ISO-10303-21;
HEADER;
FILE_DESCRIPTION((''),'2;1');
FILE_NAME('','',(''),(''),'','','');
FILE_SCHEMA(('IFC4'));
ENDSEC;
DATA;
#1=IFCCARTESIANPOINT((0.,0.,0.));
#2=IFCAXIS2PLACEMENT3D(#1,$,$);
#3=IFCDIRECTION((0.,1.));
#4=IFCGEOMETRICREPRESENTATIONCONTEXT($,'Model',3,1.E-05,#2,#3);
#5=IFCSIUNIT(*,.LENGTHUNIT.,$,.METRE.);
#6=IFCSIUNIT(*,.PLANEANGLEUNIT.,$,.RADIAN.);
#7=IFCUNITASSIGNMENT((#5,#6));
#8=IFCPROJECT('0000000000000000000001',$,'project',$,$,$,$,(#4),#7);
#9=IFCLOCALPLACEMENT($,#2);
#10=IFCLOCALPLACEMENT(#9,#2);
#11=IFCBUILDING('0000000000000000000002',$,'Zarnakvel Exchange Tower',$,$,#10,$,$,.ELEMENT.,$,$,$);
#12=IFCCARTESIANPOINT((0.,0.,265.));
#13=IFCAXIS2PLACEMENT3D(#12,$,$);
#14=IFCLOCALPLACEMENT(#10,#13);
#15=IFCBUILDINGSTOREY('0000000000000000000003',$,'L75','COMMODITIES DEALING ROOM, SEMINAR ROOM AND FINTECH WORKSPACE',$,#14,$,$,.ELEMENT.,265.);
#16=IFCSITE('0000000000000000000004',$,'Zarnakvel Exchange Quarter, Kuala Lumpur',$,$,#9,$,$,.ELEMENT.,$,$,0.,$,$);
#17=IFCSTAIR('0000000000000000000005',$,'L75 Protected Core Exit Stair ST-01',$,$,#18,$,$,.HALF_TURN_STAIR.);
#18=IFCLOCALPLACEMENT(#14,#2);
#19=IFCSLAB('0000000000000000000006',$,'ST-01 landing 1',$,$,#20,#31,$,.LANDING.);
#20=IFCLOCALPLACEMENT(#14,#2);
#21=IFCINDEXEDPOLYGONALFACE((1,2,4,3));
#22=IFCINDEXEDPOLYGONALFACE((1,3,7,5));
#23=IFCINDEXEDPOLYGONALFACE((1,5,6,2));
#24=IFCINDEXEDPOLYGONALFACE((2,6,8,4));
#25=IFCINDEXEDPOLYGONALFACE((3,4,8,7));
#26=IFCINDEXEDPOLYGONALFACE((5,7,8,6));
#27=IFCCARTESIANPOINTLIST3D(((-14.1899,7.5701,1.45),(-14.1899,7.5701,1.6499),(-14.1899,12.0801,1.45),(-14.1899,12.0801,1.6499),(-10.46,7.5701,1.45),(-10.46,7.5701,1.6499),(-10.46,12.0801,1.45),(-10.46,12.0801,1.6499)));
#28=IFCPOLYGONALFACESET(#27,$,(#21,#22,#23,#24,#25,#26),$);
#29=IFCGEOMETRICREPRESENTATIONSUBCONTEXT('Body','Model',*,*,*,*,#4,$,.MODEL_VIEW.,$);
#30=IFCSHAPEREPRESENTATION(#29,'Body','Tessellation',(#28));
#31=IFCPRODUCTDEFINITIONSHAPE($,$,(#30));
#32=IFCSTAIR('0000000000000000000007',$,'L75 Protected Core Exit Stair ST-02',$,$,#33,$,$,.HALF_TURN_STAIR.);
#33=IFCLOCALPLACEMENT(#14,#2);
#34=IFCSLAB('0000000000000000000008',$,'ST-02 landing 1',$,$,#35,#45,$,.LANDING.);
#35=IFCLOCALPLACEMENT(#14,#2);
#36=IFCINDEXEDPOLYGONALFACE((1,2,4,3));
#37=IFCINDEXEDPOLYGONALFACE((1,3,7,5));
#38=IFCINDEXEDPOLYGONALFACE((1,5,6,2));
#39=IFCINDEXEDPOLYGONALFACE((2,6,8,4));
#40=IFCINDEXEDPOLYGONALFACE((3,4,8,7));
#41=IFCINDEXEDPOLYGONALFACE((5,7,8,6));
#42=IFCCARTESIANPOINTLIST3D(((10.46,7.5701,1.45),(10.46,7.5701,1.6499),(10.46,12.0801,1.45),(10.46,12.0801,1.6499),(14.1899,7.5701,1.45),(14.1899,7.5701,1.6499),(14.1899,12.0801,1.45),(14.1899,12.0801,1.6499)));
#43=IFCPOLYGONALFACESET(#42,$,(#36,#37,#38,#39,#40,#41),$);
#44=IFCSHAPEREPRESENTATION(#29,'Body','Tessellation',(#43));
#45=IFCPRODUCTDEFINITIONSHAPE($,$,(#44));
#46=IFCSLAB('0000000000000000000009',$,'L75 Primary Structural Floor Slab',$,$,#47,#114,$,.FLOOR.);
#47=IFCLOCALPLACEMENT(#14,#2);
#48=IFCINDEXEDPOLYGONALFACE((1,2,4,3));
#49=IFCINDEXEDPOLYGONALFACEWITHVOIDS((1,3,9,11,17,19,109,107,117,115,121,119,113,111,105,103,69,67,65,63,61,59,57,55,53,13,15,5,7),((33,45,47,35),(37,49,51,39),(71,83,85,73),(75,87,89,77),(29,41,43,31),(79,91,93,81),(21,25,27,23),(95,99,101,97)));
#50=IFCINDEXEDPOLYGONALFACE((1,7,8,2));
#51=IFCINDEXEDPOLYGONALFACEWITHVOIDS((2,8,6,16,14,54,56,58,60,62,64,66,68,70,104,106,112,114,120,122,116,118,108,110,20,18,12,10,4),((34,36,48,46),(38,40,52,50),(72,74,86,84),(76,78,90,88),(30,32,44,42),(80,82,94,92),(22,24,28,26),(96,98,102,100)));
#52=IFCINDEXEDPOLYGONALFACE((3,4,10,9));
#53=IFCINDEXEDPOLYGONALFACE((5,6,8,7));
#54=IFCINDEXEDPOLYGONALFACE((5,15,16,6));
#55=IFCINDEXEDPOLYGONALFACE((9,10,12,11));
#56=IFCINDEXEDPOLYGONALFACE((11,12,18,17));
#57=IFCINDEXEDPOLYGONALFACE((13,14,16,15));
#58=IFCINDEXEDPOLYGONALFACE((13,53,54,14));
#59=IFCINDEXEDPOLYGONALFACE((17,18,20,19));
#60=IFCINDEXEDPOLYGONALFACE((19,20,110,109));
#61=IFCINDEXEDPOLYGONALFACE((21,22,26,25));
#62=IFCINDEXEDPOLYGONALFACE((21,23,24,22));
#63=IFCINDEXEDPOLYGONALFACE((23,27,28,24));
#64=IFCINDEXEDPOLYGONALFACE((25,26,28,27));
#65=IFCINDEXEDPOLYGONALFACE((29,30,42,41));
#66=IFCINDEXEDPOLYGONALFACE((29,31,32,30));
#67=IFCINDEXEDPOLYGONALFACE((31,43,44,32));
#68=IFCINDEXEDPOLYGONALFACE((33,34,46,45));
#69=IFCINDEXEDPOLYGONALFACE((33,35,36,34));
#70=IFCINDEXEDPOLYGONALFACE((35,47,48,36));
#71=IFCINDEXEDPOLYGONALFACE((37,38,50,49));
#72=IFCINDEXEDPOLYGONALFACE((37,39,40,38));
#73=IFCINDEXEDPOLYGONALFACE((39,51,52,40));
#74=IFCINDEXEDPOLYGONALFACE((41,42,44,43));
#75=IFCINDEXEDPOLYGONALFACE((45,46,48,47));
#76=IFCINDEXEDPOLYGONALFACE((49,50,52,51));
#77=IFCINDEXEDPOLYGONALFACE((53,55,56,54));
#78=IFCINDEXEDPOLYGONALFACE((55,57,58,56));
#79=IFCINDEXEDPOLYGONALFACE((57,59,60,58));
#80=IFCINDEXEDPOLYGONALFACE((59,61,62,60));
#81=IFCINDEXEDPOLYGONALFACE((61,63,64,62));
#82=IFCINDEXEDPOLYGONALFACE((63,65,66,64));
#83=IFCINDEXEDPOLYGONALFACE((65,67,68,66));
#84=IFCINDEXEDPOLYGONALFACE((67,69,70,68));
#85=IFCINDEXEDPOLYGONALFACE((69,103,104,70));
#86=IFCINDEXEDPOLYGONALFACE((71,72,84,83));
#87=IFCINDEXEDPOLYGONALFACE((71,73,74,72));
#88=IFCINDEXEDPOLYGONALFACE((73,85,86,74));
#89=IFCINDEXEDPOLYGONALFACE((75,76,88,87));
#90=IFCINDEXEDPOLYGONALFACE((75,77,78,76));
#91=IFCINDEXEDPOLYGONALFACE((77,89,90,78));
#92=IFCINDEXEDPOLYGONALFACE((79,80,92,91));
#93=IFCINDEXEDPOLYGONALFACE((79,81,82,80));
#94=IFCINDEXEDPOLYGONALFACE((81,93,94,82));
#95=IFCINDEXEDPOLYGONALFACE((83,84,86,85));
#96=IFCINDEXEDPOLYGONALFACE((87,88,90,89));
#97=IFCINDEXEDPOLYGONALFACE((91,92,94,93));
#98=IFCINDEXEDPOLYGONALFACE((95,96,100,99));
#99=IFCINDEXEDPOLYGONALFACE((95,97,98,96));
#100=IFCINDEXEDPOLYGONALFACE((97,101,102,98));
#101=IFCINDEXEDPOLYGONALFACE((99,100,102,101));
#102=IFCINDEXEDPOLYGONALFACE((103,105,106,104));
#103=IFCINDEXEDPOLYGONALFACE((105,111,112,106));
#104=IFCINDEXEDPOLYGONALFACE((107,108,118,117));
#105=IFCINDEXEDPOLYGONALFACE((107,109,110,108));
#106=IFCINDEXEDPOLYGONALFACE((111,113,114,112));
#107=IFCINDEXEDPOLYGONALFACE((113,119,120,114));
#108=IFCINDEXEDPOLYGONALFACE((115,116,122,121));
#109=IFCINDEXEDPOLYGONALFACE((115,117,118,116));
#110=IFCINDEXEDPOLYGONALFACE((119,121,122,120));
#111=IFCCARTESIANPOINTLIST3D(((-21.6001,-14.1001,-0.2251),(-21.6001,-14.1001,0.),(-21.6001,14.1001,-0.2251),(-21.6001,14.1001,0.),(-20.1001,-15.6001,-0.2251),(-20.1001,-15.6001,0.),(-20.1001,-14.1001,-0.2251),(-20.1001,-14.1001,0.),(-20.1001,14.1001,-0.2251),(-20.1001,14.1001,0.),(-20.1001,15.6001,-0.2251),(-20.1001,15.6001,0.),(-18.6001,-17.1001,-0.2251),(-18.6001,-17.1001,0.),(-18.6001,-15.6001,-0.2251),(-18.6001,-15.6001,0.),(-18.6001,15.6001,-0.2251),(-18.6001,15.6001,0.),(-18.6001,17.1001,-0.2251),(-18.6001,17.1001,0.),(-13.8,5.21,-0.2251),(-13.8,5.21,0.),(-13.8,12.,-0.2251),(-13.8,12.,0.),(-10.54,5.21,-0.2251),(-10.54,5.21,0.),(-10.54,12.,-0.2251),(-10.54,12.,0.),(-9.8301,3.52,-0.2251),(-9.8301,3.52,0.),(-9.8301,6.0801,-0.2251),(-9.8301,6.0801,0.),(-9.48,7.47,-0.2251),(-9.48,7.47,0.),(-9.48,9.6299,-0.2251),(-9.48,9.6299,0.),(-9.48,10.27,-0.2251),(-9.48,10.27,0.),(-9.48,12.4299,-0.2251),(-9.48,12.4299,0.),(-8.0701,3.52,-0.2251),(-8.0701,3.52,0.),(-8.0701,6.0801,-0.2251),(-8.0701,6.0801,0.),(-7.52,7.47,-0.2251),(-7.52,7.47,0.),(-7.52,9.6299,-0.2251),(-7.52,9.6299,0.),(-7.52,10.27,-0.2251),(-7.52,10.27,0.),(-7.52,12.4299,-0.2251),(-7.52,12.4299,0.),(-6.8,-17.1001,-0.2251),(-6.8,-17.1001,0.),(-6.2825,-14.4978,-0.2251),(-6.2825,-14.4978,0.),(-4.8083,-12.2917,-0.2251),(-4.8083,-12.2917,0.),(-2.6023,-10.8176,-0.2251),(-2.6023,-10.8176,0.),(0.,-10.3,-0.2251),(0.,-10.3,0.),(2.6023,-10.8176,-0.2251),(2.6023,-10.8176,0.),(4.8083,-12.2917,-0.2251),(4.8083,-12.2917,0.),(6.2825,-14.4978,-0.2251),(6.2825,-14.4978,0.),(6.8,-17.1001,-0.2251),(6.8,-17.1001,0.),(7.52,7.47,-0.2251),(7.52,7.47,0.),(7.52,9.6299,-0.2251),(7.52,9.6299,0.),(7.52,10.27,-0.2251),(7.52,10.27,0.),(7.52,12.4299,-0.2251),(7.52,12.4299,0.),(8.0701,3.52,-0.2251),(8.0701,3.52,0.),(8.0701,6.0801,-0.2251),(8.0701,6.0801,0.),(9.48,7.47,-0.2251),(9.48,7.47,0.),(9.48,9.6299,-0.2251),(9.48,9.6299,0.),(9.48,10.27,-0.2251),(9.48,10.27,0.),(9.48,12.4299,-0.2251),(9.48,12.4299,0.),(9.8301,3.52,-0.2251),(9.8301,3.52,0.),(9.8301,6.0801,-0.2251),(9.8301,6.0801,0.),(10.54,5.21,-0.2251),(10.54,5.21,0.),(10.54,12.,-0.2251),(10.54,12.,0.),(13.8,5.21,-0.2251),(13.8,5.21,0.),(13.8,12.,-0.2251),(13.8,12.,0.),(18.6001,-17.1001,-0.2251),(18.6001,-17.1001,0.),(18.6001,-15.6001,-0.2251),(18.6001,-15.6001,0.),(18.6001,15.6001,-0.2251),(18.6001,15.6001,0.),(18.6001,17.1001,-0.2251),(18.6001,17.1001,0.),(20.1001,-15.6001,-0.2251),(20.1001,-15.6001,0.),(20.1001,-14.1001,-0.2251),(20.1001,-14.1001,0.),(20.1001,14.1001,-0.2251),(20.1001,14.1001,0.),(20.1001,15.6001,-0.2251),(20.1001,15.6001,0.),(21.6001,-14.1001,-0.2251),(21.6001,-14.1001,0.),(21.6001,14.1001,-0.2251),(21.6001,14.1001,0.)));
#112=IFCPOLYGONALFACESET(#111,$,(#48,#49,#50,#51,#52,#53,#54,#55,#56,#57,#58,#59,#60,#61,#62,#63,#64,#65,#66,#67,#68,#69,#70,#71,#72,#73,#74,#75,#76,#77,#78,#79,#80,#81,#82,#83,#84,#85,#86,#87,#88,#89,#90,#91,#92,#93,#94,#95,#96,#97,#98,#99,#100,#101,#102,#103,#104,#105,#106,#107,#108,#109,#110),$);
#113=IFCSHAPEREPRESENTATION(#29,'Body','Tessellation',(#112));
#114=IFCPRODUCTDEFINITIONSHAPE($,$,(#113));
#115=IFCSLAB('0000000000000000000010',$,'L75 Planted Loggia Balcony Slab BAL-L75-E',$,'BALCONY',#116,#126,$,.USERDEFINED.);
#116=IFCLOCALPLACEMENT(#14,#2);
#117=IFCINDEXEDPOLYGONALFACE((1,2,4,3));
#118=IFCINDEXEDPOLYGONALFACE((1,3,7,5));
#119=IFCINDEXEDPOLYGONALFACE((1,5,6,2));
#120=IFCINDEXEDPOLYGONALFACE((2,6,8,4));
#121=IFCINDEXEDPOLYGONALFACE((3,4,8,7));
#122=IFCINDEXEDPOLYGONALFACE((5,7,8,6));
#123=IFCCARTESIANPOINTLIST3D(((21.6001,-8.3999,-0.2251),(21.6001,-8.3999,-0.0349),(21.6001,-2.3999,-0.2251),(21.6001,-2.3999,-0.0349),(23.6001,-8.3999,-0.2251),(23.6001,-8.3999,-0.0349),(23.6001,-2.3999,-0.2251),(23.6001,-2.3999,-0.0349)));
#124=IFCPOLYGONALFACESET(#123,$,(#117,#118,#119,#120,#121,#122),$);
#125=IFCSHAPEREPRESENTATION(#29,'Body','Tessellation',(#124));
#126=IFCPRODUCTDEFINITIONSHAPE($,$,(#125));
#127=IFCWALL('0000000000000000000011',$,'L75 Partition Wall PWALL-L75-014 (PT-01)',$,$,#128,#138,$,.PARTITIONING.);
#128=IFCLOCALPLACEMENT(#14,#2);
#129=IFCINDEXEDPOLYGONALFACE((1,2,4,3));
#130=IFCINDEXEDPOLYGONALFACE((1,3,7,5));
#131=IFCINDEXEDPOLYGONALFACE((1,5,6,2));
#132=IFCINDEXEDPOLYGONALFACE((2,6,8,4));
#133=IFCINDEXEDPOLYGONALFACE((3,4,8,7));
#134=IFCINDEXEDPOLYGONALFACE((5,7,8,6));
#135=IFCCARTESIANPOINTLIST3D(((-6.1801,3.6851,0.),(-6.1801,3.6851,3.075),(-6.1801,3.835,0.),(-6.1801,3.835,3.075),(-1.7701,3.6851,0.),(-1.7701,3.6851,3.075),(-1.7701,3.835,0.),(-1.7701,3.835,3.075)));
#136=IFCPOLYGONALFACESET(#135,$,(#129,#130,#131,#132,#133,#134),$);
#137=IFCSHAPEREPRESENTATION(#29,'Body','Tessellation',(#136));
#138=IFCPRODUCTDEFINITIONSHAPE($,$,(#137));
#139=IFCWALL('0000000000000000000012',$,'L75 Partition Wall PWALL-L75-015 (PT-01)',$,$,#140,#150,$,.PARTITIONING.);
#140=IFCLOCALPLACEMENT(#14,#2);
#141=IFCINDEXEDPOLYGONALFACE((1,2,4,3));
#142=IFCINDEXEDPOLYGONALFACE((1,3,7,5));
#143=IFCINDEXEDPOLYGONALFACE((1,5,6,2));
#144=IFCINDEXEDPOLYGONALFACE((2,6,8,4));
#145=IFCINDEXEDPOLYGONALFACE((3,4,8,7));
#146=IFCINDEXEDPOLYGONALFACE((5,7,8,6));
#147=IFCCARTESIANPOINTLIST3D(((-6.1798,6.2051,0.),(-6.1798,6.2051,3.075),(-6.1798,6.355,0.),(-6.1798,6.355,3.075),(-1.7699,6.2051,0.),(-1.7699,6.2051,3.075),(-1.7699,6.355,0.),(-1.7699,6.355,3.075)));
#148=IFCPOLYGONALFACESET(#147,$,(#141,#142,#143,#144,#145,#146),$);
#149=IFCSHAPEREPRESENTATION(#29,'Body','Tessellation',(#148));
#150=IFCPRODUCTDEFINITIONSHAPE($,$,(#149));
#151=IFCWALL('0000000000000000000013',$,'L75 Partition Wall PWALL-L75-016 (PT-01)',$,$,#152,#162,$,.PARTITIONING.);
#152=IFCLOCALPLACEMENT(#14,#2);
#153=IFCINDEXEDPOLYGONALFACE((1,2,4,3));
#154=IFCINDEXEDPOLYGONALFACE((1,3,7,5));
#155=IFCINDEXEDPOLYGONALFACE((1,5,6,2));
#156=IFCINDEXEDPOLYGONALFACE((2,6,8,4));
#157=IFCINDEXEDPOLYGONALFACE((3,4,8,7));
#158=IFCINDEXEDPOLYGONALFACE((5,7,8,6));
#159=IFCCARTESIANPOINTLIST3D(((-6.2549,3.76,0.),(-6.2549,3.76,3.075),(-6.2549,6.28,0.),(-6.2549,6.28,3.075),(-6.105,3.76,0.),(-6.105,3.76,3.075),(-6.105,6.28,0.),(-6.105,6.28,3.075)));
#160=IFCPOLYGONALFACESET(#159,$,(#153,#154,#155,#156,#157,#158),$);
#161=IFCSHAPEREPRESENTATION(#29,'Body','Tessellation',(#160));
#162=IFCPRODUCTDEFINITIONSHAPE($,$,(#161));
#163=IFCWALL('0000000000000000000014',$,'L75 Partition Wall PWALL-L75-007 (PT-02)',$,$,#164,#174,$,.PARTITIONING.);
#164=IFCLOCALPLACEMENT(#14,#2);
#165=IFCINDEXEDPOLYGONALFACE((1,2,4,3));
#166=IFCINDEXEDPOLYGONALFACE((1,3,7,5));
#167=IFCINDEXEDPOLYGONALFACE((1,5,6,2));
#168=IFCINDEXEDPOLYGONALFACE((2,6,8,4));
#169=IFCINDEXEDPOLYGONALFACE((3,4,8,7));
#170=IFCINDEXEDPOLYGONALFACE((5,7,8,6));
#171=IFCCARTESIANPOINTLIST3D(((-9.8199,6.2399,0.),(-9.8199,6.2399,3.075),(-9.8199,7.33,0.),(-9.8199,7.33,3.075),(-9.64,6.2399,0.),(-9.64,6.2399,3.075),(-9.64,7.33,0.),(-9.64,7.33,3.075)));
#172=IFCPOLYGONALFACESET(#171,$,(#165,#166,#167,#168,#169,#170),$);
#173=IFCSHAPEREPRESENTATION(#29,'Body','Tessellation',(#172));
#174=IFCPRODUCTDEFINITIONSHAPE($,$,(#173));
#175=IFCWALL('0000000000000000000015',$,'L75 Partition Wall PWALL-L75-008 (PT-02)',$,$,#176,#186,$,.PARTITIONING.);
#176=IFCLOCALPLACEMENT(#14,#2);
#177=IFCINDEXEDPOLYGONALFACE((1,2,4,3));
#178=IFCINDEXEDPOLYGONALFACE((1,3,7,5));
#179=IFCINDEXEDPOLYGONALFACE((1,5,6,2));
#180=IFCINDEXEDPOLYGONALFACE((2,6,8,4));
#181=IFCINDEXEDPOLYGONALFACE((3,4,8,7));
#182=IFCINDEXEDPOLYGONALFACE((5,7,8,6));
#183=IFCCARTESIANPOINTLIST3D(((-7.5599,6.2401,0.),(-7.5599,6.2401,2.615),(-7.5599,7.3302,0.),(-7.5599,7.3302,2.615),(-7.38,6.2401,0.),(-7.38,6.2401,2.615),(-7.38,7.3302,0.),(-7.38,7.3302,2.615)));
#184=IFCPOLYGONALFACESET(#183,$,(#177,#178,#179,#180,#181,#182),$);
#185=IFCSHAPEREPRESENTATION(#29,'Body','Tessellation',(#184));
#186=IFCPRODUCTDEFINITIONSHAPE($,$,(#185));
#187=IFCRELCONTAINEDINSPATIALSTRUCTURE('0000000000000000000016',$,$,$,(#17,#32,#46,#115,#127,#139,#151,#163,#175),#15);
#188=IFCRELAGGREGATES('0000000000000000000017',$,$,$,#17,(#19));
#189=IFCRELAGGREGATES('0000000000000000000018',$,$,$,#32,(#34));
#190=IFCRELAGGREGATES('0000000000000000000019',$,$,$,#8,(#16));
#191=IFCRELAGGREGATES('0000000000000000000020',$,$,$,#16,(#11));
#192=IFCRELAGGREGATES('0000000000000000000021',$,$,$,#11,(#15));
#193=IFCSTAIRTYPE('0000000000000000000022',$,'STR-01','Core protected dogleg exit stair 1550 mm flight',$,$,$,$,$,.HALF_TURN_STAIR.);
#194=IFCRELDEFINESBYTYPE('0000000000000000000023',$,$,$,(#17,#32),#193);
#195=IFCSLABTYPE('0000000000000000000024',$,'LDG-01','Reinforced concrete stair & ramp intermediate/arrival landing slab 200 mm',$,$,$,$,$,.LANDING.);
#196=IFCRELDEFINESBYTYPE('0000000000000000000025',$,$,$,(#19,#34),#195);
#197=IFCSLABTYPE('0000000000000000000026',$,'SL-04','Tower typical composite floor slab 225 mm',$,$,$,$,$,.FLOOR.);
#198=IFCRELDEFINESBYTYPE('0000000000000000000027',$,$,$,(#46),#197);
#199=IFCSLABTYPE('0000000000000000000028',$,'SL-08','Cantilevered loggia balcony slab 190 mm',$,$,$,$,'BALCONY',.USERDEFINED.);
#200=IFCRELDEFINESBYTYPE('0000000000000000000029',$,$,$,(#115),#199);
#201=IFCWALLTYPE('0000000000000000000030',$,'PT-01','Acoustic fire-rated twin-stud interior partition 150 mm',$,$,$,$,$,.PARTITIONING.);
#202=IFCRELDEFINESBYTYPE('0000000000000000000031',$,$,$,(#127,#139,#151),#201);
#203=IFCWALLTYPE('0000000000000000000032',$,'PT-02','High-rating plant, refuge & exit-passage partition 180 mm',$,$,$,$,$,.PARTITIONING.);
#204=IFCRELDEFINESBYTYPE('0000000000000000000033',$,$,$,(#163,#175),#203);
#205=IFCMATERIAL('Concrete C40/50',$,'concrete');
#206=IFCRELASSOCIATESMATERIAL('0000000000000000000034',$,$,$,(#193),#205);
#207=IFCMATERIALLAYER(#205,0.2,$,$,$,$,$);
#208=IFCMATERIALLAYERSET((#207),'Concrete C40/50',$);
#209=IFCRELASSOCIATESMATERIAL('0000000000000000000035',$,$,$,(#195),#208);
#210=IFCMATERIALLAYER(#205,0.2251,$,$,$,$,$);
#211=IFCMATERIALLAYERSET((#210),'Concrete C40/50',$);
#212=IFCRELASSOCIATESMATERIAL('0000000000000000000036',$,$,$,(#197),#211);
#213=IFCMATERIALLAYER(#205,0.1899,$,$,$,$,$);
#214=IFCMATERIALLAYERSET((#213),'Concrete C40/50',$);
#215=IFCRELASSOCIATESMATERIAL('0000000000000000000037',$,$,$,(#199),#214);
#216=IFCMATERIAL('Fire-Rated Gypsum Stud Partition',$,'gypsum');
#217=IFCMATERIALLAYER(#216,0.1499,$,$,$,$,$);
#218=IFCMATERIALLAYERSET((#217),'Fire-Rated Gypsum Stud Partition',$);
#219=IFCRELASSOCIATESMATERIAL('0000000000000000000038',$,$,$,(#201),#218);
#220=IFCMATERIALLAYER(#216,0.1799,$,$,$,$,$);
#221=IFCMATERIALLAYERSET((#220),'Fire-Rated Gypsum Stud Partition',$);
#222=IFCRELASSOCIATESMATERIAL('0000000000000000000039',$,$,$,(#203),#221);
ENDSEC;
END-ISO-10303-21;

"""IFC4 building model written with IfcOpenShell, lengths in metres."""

from ifc_helpers import new_model, si_unit, direction, frame, frame_2d, origin, place, context, subcontext, project, spatial, polyline, rectangle, outline, extrude, material, layer, layer_set, type_object, element, aggregate, save


model = new_model("IFC4")

# Units and contexts
model_context = context("Model", 3, precision=1e-05, world=origin(), true_north=direction((0.0, 1.0)))
body_context = subcontext(model_context, "Body", "Model", "MODEL_VIEW")
ifc_project = project(units=[si_unit("LENGTHUNIT", "METRE"), si_unit("PLANEANGLEUNIT", "RADIAN")], contexts=[model_context])

# Site, building, storey
site_placement = place(None, origin())
site = spatial("IfcSite", under=ifc_project, at=site_placement, Name="Zarnakvel Exchange Quarter, Kuala Lumpur", CompositionType="ELEMENT", RefElevation=0.0)
building_placement = place(site_placement, origin())
building = spatial("IfcBuilding", under=site, at=building_placement, Name="Zarnakvel Exchange Tower", CompositionType="ELEMENT")
storey_placement = place(building_placement, frame((0.0, 0.0, 265.0)))
storey = spatial("IfcBuildingStorey", under=building, at=storey_placement, Name="L75", Description="COMMODITIES DEALING ROOM, SEMINAR ROOM AND FINTECH WORKSPACE", CompositionType="ELEMENT", Elevation=265.0)

# Stairs, slabs
ifc_material_1 = material(Name="Concrete C40/50", Category="concrete")
stair_type = type_object("IfcStairType", Name="STR-01", Description="Core protected dogleg exit stair 1550 mm flight", PredefinedType="HALF_TURN_STAIR", material=ifc_material_1)
stair_1_placement = place(storey_placement, origin())
stair_1 = element("IfcStair", 1, at=stair_1_placement, inside=storey, type_object=stair_type, Name="L75 Protected Core Exit Stair ST-01", PredefinedType="HALF_TURN_STAIR")
ifc_layer_1 = layer(ifc_material_1, 0.2)
ifc_layer_set_1 = layer_set([ifc_layer_1], Name="Concrete C40/50")
slab_type_1 = type_object("IfcSlabType", Name="LDG-01", Description="Reinforced concrete stair & ramp intermediate/arrival landing slab 200 mm", PredefinedType="LANDING", material=ifc_layer_set_1)
slab_1_placement = place(storey_placement, frame((0.0, 0.0, 1.45)))
slab_1 = element("IfcSlab", 2, at=slab_1_placement, type_object=slab_type_1, Name="ST-01 landing 1", PredefinedType="LANDING", context=body_context, shape_type="SweptSolid", body=[
    extrude(outline(polyline([(-14.1899, 7.5701), (-10.46, 7.5701), (-10.46, 12.0801), (-14.1899, 12.0801), (-14.1899, 7.5701)])), origin(), (0.0, 0.0, 1.0), 0.2),
])
aggregate(stair_1, [slab_1])
stair_2_placement = place(storey_placement, origin())
stair_2 = element("IfcStair", 3, at=stair_2_placement, inside=storey, type_object=stair_type, Name="L75 Protected Core Exit Stair ST-02", PredefinedType="HALF_TURN_STAIR")
slab_2_placement = place(storey_placement, frame((0.0, 0.0, 1.45)))
slab_2 = element("IfcSlab", 4, at=slab_2_placement, type_object=slab_type_1, Name="ST-02 landing 1", PredefinedType="LANDING", context=body_context, shape_type="SweptSolid", body=[
    extrude(outline(polyline([(10.46, 7.5701), (14.1899, 7.5701), (14.1899, 12.0801), (10.46, 12.0801), (10.46, 7.5701)])), origin(), (0.0, 0.0, 1.0), 0.2),
])
aggregate(stair_2, [slab_2])

# Slabs
ifc_layer_2 = layer(ifc_material_1, 0.2251)
ifc_layer_set_2 = layer_set([ifc_layer_2], Name="Concrete C40/50")
slab_type_2 = type_object("IfcSlabType", Name="SL-04", Description="Tower typical composite floor slab 225 mm", PredefinedType="FLOOR", material=ifc_layer_set_2)
slab_3_placement = place(storey_placement, frame((0.0, 0.0, -0.2251)))
element("IfcSlab", 5, at=slab_3_placement, inside=storey, type_object=slab_type_2, Name="L75 Primary Structural Floor Slab", PredefinedType="FLOOR", context=body_context, shape_type="SweptSolid", body=[
    extrude(outline(polyline([(-21.6001, -14.1001), (-20.1001, -14.1001), (-20.1001, -15.6001), (-18.6001, -15.6001), (-18.6001, -17.1001), (-6.8, -17.1001), (-6.2825, -14.4978), (-4.8083, -12.2917), (-2.6023, -10.8176), (0.0, -10.3), (2.6023, -10.8176), (4.8083, -12.2917), (6.2825, -14.4978), (6.8, -17.1001), (18.6001, -17.1001), (18.6001, -15.6001), (20.1001, -15.6001), (20.1001, -14.1001), (21.6001, -14.1001), (21.6001, 14.1001), (20.1001, 14.1001), (20.1001, 15.6001), (18.6001, 15.6001), (18.6001, 17.1001), (-18.6001, 17.1001), (-18.6001, 15.6001), (-20.1001, 15.6001), (-20.1001, 14.1001), (-21.6001, 14.1001), (-21.6001, -14.1001)]), holes=[polyline([(-13.8, 5.21), (-10.54, 5.21), (-10.54, 12.0), (-13.8, 12.0), (-13.8, 5.21)]), polyline([(10.54, 5.21), (13.8, 5.21), (13.8, 12.0), (10.54, 12.0), (10.54, 5.21)]), polyline([(-9.8301, 3.52), (-8.0701, 3.52), (-8.0701, 6.0801), (-9.8301, 6.0801), (-9.8301, 3.52)]), polyline([(8.0701, 3.52), (9.8301, 3.52), (9.8301, 6.0801), (8.0701, 6.0801), (8.0701, 3.52)]), polyline([(-9.48, 7.47), (-7.52, 7.47), (-7.52, 9.6299), (-9.48, 9.6299), (-9.48, 7.47)]), polyline([(-9.48, 10.27), (-7.52, 10.27), (-7.52, 12.4299), (-9.48, 12.4299), (-9.48, 10.27)]), polyline([(7.52, 7.47), (9.48, 7.47), (9.48, 9.6299), (7.52, 9.6299), (7.52, 7.47)]), polyline([(7.52, 10.27), (9.48, 10.27), (9.48, 12.4299), (7.52, 12.4299), (7.52, 10.27)])]), origin(), (0.0, 0.0, 1.0), 0.2251),
])
ifc_layer_3 = layer(ifc_material_1, 0.1899)
ifc_layer_set_3 = layer_set([ifc_layer_3], Name="Concrete C40/50")
slab_type_3 = type_object("IfcSlabType", Name="SL-08", Description="Cantilevered loggia balcony slab 190 mm", ElementType="BALCONY", PredefinedType="USERDEFINED", material=ifc_layer_set_3)
slab_4_placement = place(storey_placement, frame((0.0, 0.0, -0.2251)))
element("IfcSlab", 6, at=slab_4_placement, inside=storey, type_object=slab_type_3, Name="L75 Planted Loggia Balcony Slab BAL-L75-E", ObjectType="BALCONY", PredefinedType="USERDEFINED", context=body_context, shape_type="SweptSolid", body=[
    extrude(outline(polyline([(21.6001, -8.3999), (23.6001, -8.3999), (23.6001, -2.3999), (21.6001, -2.3999), (21.6001, -8.3999)])), origin(), (0.0, 0.0, 1.0), 0.1902),
])

# Walls
ifc_material_2 = material(Name="Fire-Rated Gypsum Stud Partition", Category="gypsum")
ifc_layer_4 = layer(ifc_material_2, 0.1499)
ifc_layer_set_4 = layer_set([ifc_layer_4], Name="Fire-Rated Gypsum Stud Partition")
wall_type_1 = type_object("IfcWallType", Name="PT-01", Description="Acoustic fire-rated twin-stud interior partition 150 mm", PredefinedType="PARTITIONING", material=ifc_layer_set_4)
for number, where, z_axis, x_axis, name in (
    (7, (-1.77, 3.76, 0.0), (0.0, 0.0, 1.0), (-1.0, 0.0, 0.0), "L75 Partition Wall PWALL-L75-014 (PT-01)"),
    (8, (-6.1799, 6.28, 0.0), (0.0, 0.0, 1.0), (1.0, 0.0, 0.0), "L75 Partition Wall PWALL-L75-015 (PT-01)"),
):
    element("IfcWall", number, at=place(storey_placement, frame(where, z_axis=z_axis, x_axis=x_axis)), inside=storey, type_object=wall_type_1, Name=name, PredefinedType="PARTITIONING", context=body_context, shape_type="SweptSolid", body=[
        extrude(rectangle(XDim=4.4099, YDim=0.1499, at=frame_2d((2.2051, 0.0))), origin(), (0.0, 0.0, 1.0), 3.075),
    ])
wall_1_placement = place(storey_placement, frame((-6.1799, 3.76, 0.0), z_axis=(0.0, 0.0, 1.0), x_axis=(0.0, 1.0, 0.0)))
element("IfcWall", 9, at=wall_1_placement, inside=storey, type_object=wall_type_1, Name="L75 Partition Wall PWALL-L75-016 (PT-01)", PredefinedType="PARTITIONING", context=body_context, shape_type="SweptSolid", body=[
    extrude(rectangle(XDim=2.52, YDim=0.1499, at=frame_2d((1.26, 0.0))), origin(), (0.0, 0.0, 1.0), 3.075),
])

# Walls
ifc_layer_5 = layer(ifc_material_2, 0.1799)
ifc_layer_set_5 = layer_set([ifc_layer_5], Name="Fire-Rated Gypsum Stud Partition")
wall_type_2 = type_object("IfcWallType", Name="PT-02", Description="High-rating plant, refuge & exit-passage partition 180 mm", PredefinedType="PARTITIONING", material=ifc_layer_set_5)
wall_2_placement = place(storey_placement, frame((-9.73, 6.24, 0.0), z_axis=(0.0, 0.0, 1.0), x_axis=(0.0, 1.0, 0.0)))
element("IfcWall", 10, at=wall_2_placement, inside=storey, type_object=wall_type_2, Name="L75 Partition Wall PWALL-L75-007 (PT-02)", PredefinedType="PARTITIONING", context=body_context, shape_type="SweptSolid", body=[
    extrude(rectangle(XDim=1.0901, YDim=0.1799, at=frame_2d((0.5449, 0.0))), origin(), (0.0, 0.0, 1.0), 3.075),
])
wall_3_placement = place(storey_placement, frame((-7.47, 7.3301, 0.0), z_axis=(0.0, 0.0, 1.0), x_axis=(0.0, -1.0, 0.0)))
element("IfcWall", 11, at=wall_3_placement, inside=storey, type_object=wall_type_2, Name="L75 Partition Wall PWALL-L75-008 (PT-02)", PredefinedType="PARTITIONING", context=body_context, shape_type="SweptSolid", body=[
    extrude(rectangle(XDim=1.0901, YDim=0.1799, at=frame_2d((0.5449, 0.0))), origin(), (0.0, 0.0, 1.0), 2.615),
])

save(model, "model.ifc")
